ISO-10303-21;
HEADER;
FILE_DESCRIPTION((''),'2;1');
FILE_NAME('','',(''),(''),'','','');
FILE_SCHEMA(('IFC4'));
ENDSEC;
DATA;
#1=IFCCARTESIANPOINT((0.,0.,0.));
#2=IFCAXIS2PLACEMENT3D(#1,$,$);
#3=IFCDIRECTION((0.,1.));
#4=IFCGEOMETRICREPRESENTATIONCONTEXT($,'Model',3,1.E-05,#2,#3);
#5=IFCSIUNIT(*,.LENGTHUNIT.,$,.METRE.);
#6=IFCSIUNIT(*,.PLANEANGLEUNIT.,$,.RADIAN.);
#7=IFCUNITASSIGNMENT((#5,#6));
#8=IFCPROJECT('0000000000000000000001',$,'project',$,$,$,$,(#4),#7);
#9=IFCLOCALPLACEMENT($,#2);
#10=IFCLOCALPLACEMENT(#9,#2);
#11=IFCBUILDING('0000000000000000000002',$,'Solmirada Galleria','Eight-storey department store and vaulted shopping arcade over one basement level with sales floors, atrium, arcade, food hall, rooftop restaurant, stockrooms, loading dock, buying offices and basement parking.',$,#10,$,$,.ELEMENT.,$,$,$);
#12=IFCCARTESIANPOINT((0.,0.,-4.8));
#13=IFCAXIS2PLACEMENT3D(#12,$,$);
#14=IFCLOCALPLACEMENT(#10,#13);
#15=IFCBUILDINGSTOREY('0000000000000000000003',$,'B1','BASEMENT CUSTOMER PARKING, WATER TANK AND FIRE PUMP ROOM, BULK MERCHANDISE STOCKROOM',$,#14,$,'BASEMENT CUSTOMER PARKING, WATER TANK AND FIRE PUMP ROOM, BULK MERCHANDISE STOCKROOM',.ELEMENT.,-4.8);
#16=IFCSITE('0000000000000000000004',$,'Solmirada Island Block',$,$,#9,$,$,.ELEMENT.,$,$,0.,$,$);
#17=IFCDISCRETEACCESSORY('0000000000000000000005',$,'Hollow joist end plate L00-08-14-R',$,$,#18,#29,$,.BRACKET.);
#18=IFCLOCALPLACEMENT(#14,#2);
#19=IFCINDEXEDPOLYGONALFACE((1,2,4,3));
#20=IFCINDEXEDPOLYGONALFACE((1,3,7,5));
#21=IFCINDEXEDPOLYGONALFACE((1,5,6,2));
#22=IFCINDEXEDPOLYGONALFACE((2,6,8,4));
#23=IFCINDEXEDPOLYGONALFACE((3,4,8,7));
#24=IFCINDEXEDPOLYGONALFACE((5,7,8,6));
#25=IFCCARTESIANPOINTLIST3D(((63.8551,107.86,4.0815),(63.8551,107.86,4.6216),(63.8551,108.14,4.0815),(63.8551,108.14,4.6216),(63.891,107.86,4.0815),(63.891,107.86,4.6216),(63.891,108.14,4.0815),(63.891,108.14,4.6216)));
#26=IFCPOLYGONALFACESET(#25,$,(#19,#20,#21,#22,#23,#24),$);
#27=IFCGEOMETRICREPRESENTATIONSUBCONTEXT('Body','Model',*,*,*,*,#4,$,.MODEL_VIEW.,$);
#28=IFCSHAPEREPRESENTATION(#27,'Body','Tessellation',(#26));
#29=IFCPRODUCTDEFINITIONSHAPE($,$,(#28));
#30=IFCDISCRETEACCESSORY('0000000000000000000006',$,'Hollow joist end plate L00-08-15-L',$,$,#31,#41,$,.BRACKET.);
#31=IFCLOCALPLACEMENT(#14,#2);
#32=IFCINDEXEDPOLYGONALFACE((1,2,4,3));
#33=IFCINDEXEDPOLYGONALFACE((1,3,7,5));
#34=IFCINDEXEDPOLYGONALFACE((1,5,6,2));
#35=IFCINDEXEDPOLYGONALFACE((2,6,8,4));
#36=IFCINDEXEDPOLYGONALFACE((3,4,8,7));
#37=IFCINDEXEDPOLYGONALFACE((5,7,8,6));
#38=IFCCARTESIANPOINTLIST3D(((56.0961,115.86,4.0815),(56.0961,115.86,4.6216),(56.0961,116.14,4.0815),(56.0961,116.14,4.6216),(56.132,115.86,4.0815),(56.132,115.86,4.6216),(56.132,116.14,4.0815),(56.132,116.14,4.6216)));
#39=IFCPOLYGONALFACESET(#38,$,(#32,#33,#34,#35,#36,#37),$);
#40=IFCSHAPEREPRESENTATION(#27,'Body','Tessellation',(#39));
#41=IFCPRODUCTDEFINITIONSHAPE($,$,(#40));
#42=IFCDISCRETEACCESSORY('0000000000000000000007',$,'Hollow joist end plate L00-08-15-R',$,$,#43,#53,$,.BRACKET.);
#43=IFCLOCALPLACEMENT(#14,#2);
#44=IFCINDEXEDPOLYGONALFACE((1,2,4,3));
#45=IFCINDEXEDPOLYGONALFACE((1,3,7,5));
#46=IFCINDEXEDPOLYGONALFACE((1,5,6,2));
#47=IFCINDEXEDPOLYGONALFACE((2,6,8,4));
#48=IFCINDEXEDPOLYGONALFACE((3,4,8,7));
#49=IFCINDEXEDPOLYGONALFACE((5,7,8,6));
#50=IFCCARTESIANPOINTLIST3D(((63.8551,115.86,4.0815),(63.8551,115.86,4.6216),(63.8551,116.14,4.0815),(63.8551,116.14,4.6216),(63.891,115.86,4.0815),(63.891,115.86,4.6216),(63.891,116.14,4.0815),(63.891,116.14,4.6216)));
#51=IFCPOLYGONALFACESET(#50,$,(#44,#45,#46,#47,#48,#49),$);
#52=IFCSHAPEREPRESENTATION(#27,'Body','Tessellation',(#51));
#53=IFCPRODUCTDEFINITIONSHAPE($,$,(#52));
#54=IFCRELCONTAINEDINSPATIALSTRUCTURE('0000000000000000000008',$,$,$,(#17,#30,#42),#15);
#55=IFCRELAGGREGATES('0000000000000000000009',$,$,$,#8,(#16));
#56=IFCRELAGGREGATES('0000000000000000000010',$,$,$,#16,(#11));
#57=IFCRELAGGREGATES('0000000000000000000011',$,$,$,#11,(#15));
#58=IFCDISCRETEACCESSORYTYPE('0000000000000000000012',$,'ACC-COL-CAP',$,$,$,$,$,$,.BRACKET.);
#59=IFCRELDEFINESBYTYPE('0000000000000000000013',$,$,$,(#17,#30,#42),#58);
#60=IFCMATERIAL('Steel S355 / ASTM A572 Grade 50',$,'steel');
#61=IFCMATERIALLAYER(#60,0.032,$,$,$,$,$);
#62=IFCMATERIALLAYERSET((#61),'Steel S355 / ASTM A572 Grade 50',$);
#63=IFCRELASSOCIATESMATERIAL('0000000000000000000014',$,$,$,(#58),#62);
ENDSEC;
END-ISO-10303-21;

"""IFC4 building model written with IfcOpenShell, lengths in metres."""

from ifc_helpers import new_model, si_unit, direction, frame, origin, origin_2d, place, context, subcontext, project, spatial, rectangle, extrude, material, layer, layer_set, type_object, element, save


model = new_model("IFC4")

# Units and contexts
model_context = context("Model", 3, precision=1e-05, world=origin(), true_north=direction((0.0, 1.0)))
body_context = subcontext(model_context, "Body", "Model", "MODEL_VIEW")
ifc_project = project(units=[si_unit("LENGTHUNIT", "METRE"), si_unit("PLANEANGLEUNIT", "RADIAN")], contexts=[model_context])

# Site, building, storey
site_placement = place(None, origin())
site = spatial("IfcSite", under=ifc_project, at=site_placement, Name="Solmirada Island Block", CompositionType="ELEMENT", RefElevation=0.0)
building_placement = place(site_placement, origin())
building = spatial("IfcBuilding", under=site, at=building_placement, Name="Solmirada Galleria", Description="Eight-storey department store and vaulted shopping arcade over one basement level with sales floors, atrium, arcade, food hall, rooftop restaurant, stockrooms, loading dock, buying offices and basement parking.", CompositionType="ELEMENT")
storey_placement = place(building_placement, frame((0.0, 0.0, -4.8)))
storey = spatial("IfcBuildingStorey", under=building, at=storey_placement, Name="B1", Description="BASEMENT CUSTOMER PARKING, WATER TANK AND FIRE PUMP ROOM, BULK MERCHANDISE STOCKROOM", LongName="BASEMENT CUSTOMER PARKING, WATER TANK AND FIRE PUMP ROOM, BULK MERCHANDISE STOCKROOM", CompositionType="ELEMENT", Elevation=-4.8)

# Shared definitions
ifc_material_1 = material(Name="Steel S355 / ASTM A572 Grade 50", Category="steel")

# Discrete accessories
ifc_layer_1 = layer(ifc_material_1, 0.032)
ifc_layer_set_1 = layer_set([ifc_layer_1], Name="Steel S355 / ASTM A572 Grade 50")
discrete_accessory_type = type_object("IfcDiscreteAccessoryType", Name="ACC-COL-CAP", PredefinedType="BRACKET", material=ifc_layer_set_1)
for number, where, z_axis, x_axis, name in (
    (1, (63.873, 108.0, 4.0815), (0.0, 0.0, 1.0), (1.0, 0.0, 0.0), "Hollow joist end plate L00-08-14-R"),
    (2, (56.114, 116.0, 4.0815), (0.0, 0.0, 1.0), (1.0, 0.0, 0.0), "Hollow joist end plate L00-08-15-L"),
    (3, (63.873, 116.0, 4.0815), (0.0, 0.0, 1.0), (1.0, 0.0, 0.0), "Hollow joist end plate L00-08-15-R"),
):
    element("IfcDiscreteAccessory", number, at=place(storey_placement, frame(where, z_axis=z_axis, x_axis=x_axis)), inside=storey, type_object=discrete_accessory_type, Name=name, PredefinedType="BRACKET", context=body_context, shape_type="SweptSolid", body=[
        extrude(rectangle(XDim=0.0359, YDim=0.28, at=origin_2d()), origin(), (0.0, 0.0, 1.0), 0.54),
    ])

save(model, "model.ifc")
